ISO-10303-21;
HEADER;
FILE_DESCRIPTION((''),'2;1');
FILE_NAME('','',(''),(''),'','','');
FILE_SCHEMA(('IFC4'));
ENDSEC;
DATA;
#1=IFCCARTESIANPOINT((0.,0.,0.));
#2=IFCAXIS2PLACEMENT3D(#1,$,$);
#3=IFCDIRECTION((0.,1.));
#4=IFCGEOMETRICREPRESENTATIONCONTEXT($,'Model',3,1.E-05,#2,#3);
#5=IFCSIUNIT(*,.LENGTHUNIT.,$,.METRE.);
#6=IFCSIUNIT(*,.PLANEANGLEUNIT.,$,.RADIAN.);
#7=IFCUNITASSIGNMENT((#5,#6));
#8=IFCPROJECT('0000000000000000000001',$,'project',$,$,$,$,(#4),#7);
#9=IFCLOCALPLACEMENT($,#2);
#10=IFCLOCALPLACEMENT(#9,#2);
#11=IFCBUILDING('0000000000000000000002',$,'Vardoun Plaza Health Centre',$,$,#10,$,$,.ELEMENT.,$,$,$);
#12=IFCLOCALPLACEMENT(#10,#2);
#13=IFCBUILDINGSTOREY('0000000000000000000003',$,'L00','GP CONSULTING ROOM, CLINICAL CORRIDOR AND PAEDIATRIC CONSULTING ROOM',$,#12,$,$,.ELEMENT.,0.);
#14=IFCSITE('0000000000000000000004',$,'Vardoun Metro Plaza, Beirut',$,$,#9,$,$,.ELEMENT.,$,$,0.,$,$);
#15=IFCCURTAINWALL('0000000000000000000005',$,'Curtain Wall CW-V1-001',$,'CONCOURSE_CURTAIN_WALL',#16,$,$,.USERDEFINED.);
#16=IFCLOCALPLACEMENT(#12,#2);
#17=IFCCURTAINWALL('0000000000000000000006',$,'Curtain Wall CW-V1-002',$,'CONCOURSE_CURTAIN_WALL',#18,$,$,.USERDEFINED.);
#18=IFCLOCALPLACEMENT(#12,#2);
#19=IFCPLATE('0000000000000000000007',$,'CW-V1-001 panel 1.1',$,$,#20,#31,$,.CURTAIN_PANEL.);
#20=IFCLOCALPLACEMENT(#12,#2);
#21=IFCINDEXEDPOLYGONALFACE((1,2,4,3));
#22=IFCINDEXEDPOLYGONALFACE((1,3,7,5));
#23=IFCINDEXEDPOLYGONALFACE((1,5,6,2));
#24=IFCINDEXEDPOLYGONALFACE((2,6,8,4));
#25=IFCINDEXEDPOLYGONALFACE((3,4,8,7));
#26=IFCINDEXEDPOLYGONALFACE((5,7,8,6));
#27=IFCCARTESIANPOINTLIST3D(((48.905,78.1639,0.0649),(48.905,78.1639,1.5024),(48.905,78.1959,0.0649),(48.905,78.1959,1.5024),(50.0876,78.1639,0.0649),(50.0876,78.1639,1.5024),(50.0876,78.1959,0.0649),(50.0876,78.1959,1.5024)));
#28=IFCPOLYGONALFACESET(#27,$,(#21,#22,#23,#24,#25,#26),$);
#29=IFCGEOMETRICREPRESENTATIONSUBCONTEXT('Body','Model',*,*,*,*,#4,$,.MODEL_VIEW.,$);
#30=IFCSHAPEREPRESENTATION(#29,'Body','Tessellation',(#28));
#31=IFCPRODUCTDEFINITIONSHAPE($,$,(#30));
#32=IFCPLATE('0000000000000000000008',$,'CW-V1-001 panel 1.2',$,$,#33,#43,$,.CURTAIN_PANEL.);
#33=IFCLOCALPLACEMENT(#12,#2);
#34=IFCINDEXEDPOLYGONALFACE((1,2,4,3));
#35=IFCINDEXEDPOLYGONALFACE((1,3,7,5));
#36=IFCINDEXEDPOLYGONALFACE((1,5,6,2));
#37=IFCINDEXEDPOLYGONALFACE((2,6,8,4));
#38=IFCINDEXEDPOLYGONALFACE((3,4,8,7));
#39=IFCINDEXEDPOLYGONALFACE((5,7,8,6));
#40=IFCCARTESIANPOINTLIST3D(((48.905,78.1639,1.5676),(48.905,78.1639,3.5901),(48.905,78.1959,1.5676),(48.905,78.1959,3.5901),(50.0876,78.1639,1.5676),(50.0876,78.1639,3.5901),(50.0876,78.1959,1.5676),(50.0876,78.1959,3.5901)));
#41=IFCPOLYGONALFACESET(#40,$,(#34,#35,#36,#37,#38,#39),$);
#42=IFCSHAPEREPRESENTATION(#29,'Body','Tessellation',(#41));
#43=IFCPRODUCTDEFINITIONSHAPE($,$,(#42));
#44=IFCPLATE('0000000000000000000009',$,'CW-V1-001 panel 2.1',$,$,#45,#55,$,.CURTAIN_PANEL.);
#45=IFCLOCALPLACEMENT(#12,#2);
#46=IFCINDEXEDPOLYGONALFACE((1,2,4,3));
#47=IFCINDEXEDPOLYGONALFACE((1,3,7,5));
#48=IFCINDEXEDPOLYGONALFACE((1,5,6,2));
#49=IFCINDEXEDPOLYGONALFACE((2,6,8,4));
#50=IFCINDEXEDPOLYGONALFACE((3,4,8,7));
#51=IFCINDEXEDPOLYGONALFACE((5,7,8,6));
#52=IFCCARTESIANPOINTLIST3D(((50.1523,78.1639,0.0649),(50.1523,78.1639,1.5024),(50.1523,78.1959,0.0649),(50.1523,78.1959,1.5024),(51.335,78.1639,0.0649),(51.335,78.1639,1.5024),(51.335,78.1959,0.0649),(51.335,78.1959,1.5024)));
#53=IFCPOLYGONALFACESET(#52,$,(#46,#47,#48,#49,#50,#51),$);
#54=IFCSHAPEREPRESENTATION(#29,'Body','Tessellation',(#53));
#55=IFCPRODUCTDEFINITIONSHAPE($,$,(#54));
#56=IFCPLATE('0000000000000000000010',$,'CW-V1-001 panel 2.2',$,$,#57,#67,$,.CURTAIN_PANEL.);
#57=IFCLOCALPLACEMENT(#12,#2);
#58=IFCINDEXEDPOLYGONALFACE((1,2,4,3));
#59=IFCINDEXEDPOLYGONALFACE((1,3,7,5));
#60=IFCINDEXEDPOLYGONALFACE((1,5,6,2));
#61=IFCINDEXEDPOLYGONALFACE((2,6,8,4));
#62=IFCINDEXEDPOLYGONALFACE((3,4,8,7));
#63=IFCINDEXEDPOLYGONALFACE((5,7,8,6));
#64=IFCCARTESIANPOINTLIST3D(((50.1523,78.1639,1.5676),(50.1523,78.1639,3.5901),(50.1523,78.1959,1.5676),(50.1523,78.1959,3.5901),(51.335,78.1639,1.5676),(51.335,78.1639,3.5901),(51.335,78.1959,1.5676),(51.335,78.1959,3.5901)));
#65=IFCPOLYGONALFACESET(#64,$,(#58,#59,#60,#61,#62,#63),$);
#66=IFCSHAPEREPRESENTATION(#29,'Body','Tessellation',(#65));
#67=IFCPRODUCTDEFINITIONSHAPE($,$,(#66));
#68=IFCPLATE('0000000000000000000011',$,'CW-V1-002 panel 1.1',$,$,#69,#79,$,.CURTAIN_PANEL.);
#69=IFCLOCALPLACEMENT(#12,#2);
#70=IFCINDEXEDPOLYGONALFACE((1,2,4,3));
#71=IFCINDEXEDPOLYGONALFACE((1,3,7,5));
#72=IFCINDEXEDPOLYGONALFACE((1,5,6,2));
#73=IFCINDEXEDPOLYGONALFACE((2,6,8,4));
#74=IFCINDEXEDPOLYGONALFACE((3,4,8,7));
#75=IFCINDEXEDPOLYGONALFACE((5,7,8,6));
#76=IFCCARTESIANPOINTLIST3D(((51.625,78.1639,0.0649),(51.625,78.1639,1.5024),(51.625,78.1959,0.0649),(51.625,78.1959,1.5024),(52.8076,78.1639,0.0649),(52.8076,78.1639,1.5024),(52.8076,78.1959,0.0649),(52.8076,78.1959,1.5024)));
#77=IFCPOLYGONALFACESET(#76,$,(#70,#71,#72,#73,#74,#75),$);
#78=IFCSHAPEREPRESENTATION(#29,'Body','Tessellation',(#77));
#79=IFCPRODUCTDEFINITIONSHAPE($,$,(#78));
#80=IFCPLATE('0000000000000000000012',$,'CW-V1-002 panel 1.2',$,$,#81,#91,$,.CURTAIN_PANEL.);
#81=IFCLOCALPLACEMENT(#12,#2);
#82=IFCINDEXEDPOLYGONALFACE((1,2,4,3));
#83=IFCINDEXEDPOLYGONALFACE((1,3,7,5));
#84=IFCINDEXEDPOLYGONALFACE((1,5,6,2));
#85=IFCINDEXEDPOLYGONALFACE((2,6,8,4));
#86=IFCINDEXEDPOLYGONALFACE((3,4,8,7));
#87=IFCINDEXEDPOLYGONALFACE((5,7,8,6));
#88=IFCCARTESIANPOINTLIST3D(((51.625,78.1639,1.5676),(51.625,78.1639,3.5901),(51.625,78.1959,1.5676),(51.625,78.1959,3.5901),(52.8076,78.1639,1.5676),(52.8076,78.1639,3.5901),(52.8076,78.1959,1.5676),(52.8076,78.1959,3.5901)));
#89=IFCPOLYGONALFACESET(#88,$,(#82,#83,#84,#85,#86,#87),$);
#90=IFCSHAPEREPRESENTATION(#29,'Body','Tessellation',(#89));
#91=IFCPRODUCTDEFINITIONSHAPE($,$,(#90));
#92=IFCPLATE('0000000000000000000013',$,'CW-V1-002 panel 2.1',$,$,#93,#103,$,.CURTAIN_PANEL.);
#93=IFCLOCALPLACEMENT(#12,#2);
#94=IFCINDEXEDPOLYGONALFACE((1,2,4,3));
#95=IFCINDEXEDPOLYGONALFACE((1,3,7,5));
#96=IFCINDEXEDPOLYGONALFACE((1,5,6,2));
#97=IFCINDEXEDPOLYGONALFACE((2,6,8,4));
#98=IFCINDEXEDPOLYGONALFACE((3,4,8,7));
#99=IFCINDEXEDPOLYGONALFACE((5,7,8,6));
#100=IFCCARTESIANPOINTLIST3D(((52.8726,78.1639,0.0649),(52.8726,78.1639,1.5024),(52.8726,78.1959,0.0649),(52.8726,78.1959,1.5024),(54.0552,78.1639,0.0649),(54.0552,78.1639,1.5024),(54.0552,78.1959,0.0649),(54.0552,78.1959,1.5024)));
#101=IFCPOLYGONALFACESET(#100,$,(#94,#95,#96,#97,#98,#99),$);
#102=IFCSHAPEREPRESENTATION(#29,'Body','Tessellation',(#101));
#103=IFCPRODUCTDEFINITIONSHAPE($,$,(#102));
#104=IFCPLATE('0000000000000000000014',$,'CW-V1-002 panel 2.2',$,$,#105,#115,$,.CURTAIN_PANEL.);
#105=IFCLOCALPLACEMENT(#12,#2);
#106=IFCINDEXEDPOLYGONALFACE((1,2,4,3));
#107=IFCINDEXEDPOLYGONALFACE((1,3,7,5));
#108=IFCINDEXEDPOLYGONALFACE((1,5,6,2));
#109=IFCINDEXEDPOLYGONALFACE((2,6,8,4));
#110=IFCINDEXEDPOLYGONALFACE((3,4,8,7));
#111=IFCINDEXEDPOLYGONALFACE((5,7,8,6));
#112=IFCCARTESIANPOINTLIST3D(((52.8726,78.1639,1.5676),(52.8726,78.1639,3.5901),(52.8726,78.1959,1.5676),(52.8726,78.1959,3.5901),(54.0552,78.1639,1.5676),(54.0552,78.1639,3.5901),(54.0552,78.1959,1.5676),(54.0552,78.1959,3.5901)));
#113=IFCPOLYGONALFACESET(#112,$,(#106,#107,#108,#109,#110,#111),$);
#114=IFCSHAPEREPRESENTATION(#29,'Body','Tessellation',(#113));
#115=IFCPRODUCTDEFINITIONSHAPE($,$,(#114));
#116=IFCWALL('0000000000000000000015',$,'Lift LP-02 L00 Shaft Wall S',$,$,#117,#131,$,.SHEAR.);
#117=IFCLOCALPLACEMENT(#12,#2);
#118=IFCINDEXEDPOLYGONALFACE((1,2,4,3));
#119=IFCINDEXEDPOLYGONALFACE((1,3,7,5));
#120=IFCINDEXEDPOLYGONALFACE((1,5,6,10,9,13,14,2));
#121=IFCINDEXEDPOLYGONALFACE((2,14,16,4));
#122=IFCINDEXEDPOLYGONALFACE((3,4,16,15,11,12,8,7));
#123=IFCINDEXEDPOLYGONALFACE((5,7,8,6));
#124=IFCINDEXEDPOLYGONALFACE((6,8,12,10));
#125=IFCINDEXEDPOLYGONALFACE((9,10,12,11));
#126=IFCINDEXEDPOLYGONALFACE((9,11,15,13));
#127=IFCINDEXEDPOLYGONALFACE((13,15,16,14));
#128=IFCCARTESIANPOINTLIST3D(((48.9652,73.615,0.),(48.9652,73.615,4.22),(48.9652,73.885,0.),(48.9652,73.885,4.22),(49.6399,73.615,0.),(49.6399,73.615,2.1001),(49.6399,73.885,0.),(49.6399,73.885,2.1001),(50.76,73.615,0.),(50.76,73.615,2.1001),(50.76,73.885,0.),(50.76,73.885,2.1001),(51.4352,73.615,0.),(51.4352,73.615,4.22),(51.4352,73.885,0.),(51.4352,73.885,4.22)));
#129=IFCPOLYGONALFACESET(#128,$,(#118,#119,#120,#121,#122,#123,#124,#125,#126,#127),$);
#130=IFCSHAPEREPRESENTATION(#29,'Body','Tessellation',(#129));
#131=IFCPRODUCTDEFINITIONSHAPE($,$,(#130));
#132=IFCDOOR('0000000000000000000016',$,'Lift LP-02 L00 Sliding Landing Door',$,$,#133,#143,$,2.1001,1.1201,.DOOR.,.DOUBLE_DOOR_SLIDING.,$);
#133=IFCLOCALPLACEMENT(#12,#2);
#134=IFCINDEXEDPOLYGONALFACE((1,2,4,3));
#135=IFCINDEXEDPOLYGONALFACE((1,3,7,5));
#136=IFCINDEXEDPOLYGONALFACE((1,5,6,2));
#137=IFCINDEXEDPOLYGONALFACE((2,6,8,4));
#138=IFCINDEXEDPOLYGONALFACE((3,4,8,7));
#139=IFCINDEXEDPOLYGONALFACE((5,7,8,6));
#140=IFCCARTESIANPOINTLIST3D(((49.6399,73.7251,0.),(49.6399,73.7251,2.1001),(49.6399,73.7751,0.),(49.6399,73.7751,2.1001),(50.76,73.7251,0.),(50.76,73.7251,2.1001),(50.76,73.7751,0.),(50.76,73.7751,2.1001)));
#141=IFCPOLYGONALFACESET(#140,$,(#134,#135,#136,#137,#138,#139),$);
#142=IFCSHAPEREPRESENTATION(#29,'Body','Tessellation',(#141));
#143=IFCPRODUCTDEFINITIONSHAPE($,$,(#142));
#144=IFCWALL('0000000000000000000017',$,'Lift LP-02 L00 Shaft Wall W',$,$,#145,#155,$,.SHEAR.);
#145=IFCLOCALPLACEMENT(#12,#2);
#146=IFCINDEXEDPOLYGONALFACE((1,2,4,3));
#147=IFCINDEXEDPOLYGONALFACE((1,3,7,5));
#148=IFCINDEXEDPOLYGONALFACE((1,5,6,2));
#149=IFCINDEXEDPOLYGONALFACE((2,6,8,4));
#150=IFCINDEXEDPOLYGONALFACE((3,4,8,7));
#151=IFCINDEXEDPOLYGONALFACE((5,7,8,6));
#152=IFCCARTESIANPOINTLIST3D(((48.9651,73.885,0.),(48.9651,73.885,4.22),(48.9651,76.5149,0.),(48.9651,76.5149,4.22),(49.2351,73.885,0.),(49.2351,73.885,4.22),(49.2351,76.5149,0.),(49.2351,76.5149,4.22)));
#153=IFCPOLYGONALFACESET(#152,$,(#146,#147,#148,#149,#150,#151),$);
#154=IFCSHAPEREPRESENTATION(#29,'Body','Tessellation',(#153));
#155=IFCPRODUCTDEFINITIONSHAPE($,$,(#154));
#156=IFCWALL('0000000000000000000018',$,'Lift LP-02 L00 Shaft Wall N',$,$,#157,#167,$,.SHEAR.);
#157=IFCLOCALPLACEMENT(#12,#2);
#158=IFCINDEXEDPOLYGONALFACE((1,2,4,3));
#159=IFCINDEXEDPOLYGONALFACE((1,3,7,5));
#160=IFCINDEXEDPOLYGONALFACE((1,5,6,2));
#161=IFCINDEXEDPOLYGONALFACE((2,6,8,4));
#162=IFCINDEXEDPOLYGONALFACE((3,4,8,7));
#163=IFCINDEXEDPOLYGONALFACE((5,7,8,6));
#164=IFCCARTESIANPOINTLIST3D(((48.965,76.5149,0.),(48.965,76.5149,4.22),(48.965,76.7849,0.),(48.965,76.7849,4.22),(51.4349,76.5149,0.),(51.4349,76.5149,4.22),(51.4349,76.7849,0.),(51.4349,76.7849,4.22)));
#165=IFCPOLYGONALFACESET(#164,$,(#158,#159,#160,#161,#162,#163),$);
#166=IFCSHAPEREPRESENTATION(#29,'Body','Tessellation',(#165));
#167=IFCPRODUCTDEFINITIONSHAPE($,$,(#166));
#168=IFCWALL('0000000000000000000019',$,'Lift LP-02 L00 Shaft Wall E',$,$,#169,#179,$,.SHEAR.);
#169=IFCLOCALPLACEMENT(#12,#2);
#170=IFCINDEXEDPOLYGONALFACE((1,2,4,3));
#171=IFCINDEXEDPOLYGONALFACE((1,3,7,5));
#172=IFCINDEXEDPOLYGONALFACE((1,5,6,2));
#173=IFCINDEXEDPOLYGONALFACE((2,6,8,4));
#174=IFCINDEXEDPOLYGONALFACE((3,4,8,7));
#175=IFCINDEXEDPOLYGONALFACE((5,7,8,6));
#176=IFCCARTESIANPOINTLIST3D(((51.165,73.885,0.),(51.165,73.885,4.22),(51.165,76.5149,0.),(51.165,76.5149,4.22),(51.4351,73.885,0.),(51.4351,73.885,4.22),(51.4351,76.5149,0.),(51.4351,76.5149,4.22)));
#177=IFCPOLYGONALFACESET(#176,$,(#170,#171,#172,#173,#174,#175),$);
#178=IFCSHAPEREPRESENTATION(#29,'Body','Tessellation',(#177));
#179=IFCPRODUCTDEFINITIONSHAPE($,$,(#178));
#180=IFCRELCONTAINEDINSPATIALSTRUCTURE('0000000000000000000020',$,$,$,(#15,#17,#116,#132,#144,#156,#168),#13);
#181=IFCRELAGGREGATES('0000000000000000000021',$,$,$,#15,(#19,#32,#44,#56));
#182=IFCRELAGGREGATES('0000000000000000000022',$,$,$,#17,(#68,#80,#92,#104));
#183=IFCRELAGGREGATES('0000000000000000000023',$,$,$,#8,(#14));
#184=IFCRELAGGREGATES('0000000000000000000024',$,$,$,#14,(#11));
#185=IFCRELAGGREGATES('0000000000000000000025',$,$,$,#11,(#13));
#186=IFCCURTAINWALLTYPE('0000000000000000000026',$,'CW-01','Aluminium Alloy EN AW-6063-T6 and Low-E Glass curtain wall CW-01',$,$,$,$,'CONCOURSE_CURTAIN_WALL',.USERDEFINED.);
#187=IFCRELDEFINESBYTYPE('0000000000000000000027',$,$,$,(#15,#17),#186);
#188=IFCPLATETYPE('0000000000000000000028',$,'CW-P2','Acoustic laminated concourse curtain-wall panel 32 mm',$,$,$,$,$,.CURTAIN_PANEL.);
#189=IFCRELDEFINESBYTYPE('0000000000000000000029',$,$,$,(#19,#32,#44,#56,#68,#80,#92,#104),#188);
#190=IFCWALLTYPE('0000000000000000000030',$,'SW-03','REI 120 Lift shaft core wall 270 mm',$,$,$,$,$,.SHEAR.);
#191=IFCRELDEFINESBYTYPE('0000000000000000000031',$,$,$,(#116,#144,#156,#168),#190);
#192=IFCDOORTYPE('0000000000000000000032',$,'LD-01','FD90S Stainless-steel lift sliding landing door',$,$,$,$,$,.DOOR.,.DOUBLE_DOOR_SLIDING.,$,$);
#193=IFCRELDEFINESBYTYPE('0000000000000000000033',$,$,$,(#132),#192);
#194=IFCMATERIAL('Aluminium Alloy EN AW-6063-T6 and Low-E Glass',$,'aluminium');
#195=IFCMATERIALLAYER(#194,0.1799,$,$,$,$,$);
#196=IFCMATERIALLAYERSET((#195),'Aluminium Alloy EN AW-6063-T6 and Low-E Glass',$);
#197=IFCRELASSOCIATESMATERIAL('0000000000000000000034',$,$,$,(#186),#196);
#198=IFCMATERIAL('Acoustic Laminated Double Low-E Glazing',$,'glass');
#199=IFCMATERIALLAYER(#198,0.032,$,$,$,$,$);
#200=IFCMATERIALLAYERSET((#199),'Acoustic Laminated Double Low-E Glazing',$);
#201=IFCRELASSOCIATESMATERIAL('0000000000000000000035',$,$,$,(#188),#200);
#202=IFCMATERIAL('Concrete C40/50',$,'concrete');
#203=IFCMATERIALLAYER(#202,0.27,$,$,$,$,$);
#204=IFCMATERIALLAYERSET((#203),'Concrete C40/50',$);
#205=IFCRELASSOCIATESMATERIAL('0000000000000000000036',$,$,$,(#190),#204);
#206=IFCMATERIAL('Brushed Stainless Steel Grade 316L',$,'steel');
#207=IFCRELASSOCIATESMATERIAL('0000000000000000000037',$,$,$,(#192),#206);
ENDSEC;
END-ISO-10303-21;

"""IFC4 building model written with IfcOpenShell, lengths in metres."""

from ifc_helpers import new_model, si_unit, direction, frame, frame_2d, origin, origin_2d, place, context, subcontext, project, spatial, rectangle, extrude, material, layer, layer_set, type_object, element, fill, aggregate, save


model = new_model("IFC4")

# Units and contexts
model_context = context("Model", 3, precision=1e-05, world=origin(), true_north=direction((0.0, 1.0)))
body_context = subcontext(model_context, "Body", "Model", "MODEL_VIEW")
ifc_project = project(units=[si_unit("LENGTHUNIT", "METRE"), si_unit("PLANEANGLEUNIT", "RADIAN")], contexts=[model_context])

# Site, building, storey
site_placement = place(None, origin())
site = spatial("IfcSite", under=ifc_project, at=site_placement, Name="Vardoun Metro Plaza, Beirut", CompositionType="ELEMENT", RefElevation=0.0)
building_placement = place(site_placement, origin())
building = spatial("IfcBuilding", under=site, at=building_placement, Name="Vardoun Plaza Health Centre", CompositionType="ELEMENT")
storey_placement = place(building_placement, origin())
storey = spatial("IfcBuildingStorey", under=building, at=storey_placement, Name="L00", Description="GP CONSULTING ROOM, CLINICAL CORRIDOR AND PAEDIATRIC CONSULTING ROOM", CompositionType="ELEMENT", Elevation=0.0)

# Curtain walls
ifc_material_1 = material(Name="Aluminium Alloy EN AW-6063-T6 and Low-E Glass", Category="aluminium")
ifc_layer_1 = layer(ifc_material_1, 0.1799)
ifc_layer_set_1 = layer_set([ifc_layer_1], Name="Aluminium Alloy EN AW-6063-T6 and Low-E Glass")
curtain_wall_type = type_object("IfcCurtainWallType", Name="CW-01", Description="Aluminium Alloy EN AW-6063-T6 and Low-E Glass curtain wall CW-01", ElementType="CONCOURSE_CURTAIN_WALL", PredefinedType="USERDEFINED", material=ifc_layer_set_1)
curtain_wall_1_placement = place(storey_placement, origin())
curtain_wall_1 = element("IfcCurtainWall", 1, at=curtain_wall_1_placement, inside=storey, type_object=curtain_wall_type, Name="Curtain Wall CW-V1-001", ObjectType="CONCOURSE_CURTAIN_WALL", PredefinedType="USERDEFINED")
curtain_wall_2_placement = place(storey_placement, origin())
curtain_wall_2 = element("IfcCurtainWall", 2, at=curtain_wall_2_placement, inside=storey, type_object=curtain_wall_type, Name="Curtain Wall CW-V1-002", ObjectType="CONCOURSE_CURTAIN_WALL", PredefinedType="USERDEFINED")

# Plates
ifc_material_2 = material(Name="Acoustic Laminated Double Low-E Glazing", Category="glass")
ifc_layer_2 = layer(ifc_material_2, 0.032)
ifc_layer_set_2 = layer_set([ifc_layer_2], Name="Acoustic Laminated Double Low-E Glazing")
plate_type = type_object("IfcPlateType", Name="CW-P2", Description="Acoustic laminated concourse curtain-wall panel 32 mm", PredefinedType="CURTAIN_PANEL", material=ifc_layer_set_2)
plate_1_placement = place(storey_placement, frame((49.4963, 78.1799, 0.0649), z_axis=(0.0, 0.0, 1.0), x_axis=(1.0, 0.0, 0.0)))
plate_1 = element("IfcPlate", 3, at=plate_1_placement, type_object=plate_type, Name="CW-V1-001 panel 1.1", PredefinedType="CURTAIN_PANEL", context=body_context, shape_type="SweptSolid", body=[
    extrude(rectangle(XDim=1.1826, YDim=0.032, at=origin_2d()), origin(), (0.0, 0.0, 1.0), 1.4375),
])
plate_2_placement = place(storey_placement, frame((49.4963, 78.1799, 1.5676), z_axis=(0.0, 0.0, 1.0), x_axis=(1.0, 0.0, 0.0)))
plate_2 = element("IfcPlate", 4, at=plate_2_placement, type_object=plate_type, Name="CW-V1-001 panel 1.2", PredefinedType="CURTAIN_PANEL", context=body_context, shape_type="SweptSolid", body=[
    extrude(rectangle(XDim=1.1826, YDim=0.032, at=origin_2d()), origin(), (0.0, 0.0, 1.0), 2.0225),
])
plate_3_placement = place(storey_placement, frame((50.7437, 78.1799, 0.0649), z_axis=(0.0, 0.0, 1.0), x_axis=(1.0, 0.0, 0.0)))
plate_3 = element("IfcPlate", 5, at=plate_3_placement, type_object=plate_type, Name="CW-V1-001 panel 2.1", PredefinedType="CURTAIN_PANEL", context=body_context, shape_type="SweptSolid", body=[
    extrude(rectangle(XDim=1.1826, YDim=0.032, at=origin_2d()), origin(), (0.0, 0.0, 1.0), 1.4375),
])
plate_4_placement = place(storey_placement, frame((50.7437, 78.1799, 1.5676), z_axis=(0.0, 0.0, 1.0), x_axis=(1.0, 0.0, 0.0)))
plate_4 = element("IfcPlate", 6, at=plate_4_placement, type_object=plate_type, Name="CW-V1-001 panel 2.2", PredefinedType="CURTAIN_PANEL", context=body_context, shape_type="SweptSolid", body=[
    extrude(rectangle(XDim=1.1826, YDim=0.032, at=origin_2d()), origin(), (0.0, 0.0, 1.0), 2.0225),
])
aggregate(curtain_wall_1, [plate_1, plate_2, plate_3, plate_4])
plate_5_placement = place(storey_placement, frame((52.2163, 78.1799, 0.0649), z_axis=(0.0, 0.0, 1.0), x_axis=(1.0, 0.0, 0.0)))
plate_5 = element("IfcPlate", 7, at=plate_5_placement, type_object=plate_type, Name="CW-V1-002 panel 1.1", PredefinedType="CURTAIN_PANEL", context=body_context, shape_type="SweptSolid", body=[
    extrude(rectangle(XDim=1.1826, YDim=0.032, at=origin_2d()), origin(), (0.0, 0.0, 1.0), 1.4375),
])
plate_6_placement = place(storey_placement, frame((52.2163, 78.1799, 1.5676), z_axis=(0.0, 0.0, 1.0), x_axis=(1.0, 0.0, 0.0)))
plate_6 = element("IfcPlate", 8, at=plate_6_placement, type_object=plate_type, Name="CW-V1-002 panel 1.2", PredefinedType="CURTAIN_PANEL", context=body_context, shape_type="SweptSolid", body=[
    extrude(rectangle(XDim=1.1826, YDim=0.032, at=origin_2d()), origin(), (0.0, 0.0, 1.0), 2.0225),
])
plate_7_placement = place(storey_placement, frame((53.4639, 78.1799, 0.0649), z_axis=(0.0, 0.0, 1.0), x_axis=(1.0, 0.0, 0.0)))
plate_7 = element("IfcPlate", 9, at=plate_7_placement, type_object=plate_type, Name="CW-V1-002 panel 2.1", PredefinedType="CURTAIN_PANEL", context=body_context, shape_type="SweptSolid", body=[
    extrude(rectangle(XDim=1.1826, YDim=0.032, at=origin_2d()), origin(), (0.0, 0.0, 1.0), 1.4375),
])
plate_8_placement = place(storey_placement, frame((53.4639, 78.1799, 1.5676), z_axis=(0.0, 0.0, 1.0), x_axis=(1.0, 0.0, 0.0)))
plate_8 = element("IfcPlate", 10, at=plate_8_placement, type_object=plate_type, Name="CW-V1-002 panel 2.2", PredefinedType="CURTAIN_PANEL", context=body_context, shape_type="SweptSolid", body=[
    extrude(rectangle(XDim=1.1826, YDim=0.032, at=origin_2d()), origin(), (0.0, 0.0, 1.0), 2.0225),
])
aggregate(curtain_wall_2, [plate_5, plate_6, plate_7, plate_8])

# Wall, opening, door
ifc_material_3 = material(Name="Concrete C40/50", Category="concrete")
ifc_layer_3 = layer(ifc_material_3, 0.27)
ifc_layer_set_3 = layer_set([ifc_layer_3], Name="Concrete C40/50")
wall_type = type_object("IfcWallType", Name="SW-03", Description="REI 120 Lift shaft core wall 270 mm", PredefinedType="SHEAR", material=ifc_layer_set_3)
wall_1_placement = place(storey_placement, frame((51.4351, 73.75, 0.0), z_axis=(0.0, 0.0, 1.0), x_axis=(-1.0, 0.0, 0.0)))
wall_1 = element("IfcWall", 11, at=wall_1_placement, inside=storey, type_object=wall_type, Name="Lift LP-02 L00 Shaft Wall S", PredefinedType="SHEAR", context=body_context, shape_type="SweptSolid", body=[
    extrude(rectangle(XDim=2.47, YDim=0.27, at=frame_2d((1.2349, 0.0))), origin(), (0.0, 0.0, 1.0), 4.22),
])
opening_placement = place(wall_1_placement, frame((0.675, 0.0, 0.0)))
opening = element("IfcOpeningElement", 12, at=opening_placement, cuts=wall_1, PredefinedType="OPENING", context=body_context, shape_type="SweptSolid", body=[
    extrude(rectangle(XDim=1.1201, YDim=2.1001, at=frame_2d((0.5601, 1.05))), frame((0.0, 0.135, 0.0), z_axis=(0.0, -1.0, 0.0), x_axis=(1.0, 0.0, 0.0)), (0.0, 0.0, 1.0), 0.27),
])
ifc_material_4 = material(Name="Brushed Stainless Steel Grade 316L", Category="steel")
door_type = type_object("IfcDoorType", Name="LD-01", Description="FD90S Stainless-steel lift sliding landing door", OperationType="DOUBLE_DOOR_SLIDING", PredefinedType="DOOR", material=ifc_material_4)
door_placement = place(opening_placement, origin())
door = element("IfcDoor", 13, at=door_placement, inside=storey, type_object=door_type, Name="Lift LP-02 L00 Sliding Landing Door", OperationType="DOUBLE_DOOR_SLIDING", OverallHeight=2.1001, OverallWidth=1.1201, PredefinedType="DOOR", context=body_context, shape_type="SweptSolid", body=[
    extrude(rectangle(XDim=1.1201, YDim=2.1001, at=frame_2d((0.5601, 1.05))), frame((0.0, 0.0249, 0.0), z_axis=(0.0, -1.0, 0.0), x_axis=(1.0, 0.0, 0.0)), (0.0, 0.0, 1.0), 0.05),
])
fill(opening, door)

# Walls
wall_2_placement = place(storey_placement, frame((49.1001, 73.885, 0.0), z_axis=(0.0, 0.0, 1.0), x_axis=(0.0, 1.0, 0.0)))
element("IfcWall", 14, at=wall_2_placement, inside=storey, type_object=wall_type, Name="Lift LP-02 L00 Shaft Wall W", PredefinedType="SHEAR", context=body_context, shape_type="SweptSolid", body=[
    extrude(rectangle(XDim=2.6299, YDim=0.27, at=frame_2d((1.3149, 0.0))), origin(), (0.0, 0.0, 1.0), 4.22),
])
wall_3_placement = place(storey_placement, frame((48.9651, 76.6499, 0.0), z_axis=(0.0, 0.0, 1.0), x_axis=(1.0, 0.0, 0.0)))
element("IfcWall", 15, at=wall_3_placement, inside=storey, type_object=wall_type, Name="Lift LP-02 L00 Shaft Wall N", PredefinedType="SHEAR", context=body_context, shape_type="SweptSolid", body=[
    extrude(rectangle(XDim=2.47, YDim=0.27, at=frame_2d((1.2349, 0.0))), origin(), (0.0, 0.0, 1.0), 4.22),
])
wall_4_placement = place(storey_placement, frame((51.3, 76.5149, 0.0), z_axis=(0.0, 0.0, 1.0), x_axis=(0.0, -1.0, 0.0)))
element("IfcWall", 16, at=wall_4_placement, inside=storey, type_object=wall_type, Name="Lift LP-02 L00 Shaft Wall E", PredefinedType="SHEAR", context=body_context, shape_type="SweptSolid", body=[
    extrude(rectangle(XDim=2.6299, YDim=0.27, at=frame_2d((1.3149, 0.0))), origin(), (0.0, 0.0, 1.0), 4.22),
])

save(model, "model.ifc")
